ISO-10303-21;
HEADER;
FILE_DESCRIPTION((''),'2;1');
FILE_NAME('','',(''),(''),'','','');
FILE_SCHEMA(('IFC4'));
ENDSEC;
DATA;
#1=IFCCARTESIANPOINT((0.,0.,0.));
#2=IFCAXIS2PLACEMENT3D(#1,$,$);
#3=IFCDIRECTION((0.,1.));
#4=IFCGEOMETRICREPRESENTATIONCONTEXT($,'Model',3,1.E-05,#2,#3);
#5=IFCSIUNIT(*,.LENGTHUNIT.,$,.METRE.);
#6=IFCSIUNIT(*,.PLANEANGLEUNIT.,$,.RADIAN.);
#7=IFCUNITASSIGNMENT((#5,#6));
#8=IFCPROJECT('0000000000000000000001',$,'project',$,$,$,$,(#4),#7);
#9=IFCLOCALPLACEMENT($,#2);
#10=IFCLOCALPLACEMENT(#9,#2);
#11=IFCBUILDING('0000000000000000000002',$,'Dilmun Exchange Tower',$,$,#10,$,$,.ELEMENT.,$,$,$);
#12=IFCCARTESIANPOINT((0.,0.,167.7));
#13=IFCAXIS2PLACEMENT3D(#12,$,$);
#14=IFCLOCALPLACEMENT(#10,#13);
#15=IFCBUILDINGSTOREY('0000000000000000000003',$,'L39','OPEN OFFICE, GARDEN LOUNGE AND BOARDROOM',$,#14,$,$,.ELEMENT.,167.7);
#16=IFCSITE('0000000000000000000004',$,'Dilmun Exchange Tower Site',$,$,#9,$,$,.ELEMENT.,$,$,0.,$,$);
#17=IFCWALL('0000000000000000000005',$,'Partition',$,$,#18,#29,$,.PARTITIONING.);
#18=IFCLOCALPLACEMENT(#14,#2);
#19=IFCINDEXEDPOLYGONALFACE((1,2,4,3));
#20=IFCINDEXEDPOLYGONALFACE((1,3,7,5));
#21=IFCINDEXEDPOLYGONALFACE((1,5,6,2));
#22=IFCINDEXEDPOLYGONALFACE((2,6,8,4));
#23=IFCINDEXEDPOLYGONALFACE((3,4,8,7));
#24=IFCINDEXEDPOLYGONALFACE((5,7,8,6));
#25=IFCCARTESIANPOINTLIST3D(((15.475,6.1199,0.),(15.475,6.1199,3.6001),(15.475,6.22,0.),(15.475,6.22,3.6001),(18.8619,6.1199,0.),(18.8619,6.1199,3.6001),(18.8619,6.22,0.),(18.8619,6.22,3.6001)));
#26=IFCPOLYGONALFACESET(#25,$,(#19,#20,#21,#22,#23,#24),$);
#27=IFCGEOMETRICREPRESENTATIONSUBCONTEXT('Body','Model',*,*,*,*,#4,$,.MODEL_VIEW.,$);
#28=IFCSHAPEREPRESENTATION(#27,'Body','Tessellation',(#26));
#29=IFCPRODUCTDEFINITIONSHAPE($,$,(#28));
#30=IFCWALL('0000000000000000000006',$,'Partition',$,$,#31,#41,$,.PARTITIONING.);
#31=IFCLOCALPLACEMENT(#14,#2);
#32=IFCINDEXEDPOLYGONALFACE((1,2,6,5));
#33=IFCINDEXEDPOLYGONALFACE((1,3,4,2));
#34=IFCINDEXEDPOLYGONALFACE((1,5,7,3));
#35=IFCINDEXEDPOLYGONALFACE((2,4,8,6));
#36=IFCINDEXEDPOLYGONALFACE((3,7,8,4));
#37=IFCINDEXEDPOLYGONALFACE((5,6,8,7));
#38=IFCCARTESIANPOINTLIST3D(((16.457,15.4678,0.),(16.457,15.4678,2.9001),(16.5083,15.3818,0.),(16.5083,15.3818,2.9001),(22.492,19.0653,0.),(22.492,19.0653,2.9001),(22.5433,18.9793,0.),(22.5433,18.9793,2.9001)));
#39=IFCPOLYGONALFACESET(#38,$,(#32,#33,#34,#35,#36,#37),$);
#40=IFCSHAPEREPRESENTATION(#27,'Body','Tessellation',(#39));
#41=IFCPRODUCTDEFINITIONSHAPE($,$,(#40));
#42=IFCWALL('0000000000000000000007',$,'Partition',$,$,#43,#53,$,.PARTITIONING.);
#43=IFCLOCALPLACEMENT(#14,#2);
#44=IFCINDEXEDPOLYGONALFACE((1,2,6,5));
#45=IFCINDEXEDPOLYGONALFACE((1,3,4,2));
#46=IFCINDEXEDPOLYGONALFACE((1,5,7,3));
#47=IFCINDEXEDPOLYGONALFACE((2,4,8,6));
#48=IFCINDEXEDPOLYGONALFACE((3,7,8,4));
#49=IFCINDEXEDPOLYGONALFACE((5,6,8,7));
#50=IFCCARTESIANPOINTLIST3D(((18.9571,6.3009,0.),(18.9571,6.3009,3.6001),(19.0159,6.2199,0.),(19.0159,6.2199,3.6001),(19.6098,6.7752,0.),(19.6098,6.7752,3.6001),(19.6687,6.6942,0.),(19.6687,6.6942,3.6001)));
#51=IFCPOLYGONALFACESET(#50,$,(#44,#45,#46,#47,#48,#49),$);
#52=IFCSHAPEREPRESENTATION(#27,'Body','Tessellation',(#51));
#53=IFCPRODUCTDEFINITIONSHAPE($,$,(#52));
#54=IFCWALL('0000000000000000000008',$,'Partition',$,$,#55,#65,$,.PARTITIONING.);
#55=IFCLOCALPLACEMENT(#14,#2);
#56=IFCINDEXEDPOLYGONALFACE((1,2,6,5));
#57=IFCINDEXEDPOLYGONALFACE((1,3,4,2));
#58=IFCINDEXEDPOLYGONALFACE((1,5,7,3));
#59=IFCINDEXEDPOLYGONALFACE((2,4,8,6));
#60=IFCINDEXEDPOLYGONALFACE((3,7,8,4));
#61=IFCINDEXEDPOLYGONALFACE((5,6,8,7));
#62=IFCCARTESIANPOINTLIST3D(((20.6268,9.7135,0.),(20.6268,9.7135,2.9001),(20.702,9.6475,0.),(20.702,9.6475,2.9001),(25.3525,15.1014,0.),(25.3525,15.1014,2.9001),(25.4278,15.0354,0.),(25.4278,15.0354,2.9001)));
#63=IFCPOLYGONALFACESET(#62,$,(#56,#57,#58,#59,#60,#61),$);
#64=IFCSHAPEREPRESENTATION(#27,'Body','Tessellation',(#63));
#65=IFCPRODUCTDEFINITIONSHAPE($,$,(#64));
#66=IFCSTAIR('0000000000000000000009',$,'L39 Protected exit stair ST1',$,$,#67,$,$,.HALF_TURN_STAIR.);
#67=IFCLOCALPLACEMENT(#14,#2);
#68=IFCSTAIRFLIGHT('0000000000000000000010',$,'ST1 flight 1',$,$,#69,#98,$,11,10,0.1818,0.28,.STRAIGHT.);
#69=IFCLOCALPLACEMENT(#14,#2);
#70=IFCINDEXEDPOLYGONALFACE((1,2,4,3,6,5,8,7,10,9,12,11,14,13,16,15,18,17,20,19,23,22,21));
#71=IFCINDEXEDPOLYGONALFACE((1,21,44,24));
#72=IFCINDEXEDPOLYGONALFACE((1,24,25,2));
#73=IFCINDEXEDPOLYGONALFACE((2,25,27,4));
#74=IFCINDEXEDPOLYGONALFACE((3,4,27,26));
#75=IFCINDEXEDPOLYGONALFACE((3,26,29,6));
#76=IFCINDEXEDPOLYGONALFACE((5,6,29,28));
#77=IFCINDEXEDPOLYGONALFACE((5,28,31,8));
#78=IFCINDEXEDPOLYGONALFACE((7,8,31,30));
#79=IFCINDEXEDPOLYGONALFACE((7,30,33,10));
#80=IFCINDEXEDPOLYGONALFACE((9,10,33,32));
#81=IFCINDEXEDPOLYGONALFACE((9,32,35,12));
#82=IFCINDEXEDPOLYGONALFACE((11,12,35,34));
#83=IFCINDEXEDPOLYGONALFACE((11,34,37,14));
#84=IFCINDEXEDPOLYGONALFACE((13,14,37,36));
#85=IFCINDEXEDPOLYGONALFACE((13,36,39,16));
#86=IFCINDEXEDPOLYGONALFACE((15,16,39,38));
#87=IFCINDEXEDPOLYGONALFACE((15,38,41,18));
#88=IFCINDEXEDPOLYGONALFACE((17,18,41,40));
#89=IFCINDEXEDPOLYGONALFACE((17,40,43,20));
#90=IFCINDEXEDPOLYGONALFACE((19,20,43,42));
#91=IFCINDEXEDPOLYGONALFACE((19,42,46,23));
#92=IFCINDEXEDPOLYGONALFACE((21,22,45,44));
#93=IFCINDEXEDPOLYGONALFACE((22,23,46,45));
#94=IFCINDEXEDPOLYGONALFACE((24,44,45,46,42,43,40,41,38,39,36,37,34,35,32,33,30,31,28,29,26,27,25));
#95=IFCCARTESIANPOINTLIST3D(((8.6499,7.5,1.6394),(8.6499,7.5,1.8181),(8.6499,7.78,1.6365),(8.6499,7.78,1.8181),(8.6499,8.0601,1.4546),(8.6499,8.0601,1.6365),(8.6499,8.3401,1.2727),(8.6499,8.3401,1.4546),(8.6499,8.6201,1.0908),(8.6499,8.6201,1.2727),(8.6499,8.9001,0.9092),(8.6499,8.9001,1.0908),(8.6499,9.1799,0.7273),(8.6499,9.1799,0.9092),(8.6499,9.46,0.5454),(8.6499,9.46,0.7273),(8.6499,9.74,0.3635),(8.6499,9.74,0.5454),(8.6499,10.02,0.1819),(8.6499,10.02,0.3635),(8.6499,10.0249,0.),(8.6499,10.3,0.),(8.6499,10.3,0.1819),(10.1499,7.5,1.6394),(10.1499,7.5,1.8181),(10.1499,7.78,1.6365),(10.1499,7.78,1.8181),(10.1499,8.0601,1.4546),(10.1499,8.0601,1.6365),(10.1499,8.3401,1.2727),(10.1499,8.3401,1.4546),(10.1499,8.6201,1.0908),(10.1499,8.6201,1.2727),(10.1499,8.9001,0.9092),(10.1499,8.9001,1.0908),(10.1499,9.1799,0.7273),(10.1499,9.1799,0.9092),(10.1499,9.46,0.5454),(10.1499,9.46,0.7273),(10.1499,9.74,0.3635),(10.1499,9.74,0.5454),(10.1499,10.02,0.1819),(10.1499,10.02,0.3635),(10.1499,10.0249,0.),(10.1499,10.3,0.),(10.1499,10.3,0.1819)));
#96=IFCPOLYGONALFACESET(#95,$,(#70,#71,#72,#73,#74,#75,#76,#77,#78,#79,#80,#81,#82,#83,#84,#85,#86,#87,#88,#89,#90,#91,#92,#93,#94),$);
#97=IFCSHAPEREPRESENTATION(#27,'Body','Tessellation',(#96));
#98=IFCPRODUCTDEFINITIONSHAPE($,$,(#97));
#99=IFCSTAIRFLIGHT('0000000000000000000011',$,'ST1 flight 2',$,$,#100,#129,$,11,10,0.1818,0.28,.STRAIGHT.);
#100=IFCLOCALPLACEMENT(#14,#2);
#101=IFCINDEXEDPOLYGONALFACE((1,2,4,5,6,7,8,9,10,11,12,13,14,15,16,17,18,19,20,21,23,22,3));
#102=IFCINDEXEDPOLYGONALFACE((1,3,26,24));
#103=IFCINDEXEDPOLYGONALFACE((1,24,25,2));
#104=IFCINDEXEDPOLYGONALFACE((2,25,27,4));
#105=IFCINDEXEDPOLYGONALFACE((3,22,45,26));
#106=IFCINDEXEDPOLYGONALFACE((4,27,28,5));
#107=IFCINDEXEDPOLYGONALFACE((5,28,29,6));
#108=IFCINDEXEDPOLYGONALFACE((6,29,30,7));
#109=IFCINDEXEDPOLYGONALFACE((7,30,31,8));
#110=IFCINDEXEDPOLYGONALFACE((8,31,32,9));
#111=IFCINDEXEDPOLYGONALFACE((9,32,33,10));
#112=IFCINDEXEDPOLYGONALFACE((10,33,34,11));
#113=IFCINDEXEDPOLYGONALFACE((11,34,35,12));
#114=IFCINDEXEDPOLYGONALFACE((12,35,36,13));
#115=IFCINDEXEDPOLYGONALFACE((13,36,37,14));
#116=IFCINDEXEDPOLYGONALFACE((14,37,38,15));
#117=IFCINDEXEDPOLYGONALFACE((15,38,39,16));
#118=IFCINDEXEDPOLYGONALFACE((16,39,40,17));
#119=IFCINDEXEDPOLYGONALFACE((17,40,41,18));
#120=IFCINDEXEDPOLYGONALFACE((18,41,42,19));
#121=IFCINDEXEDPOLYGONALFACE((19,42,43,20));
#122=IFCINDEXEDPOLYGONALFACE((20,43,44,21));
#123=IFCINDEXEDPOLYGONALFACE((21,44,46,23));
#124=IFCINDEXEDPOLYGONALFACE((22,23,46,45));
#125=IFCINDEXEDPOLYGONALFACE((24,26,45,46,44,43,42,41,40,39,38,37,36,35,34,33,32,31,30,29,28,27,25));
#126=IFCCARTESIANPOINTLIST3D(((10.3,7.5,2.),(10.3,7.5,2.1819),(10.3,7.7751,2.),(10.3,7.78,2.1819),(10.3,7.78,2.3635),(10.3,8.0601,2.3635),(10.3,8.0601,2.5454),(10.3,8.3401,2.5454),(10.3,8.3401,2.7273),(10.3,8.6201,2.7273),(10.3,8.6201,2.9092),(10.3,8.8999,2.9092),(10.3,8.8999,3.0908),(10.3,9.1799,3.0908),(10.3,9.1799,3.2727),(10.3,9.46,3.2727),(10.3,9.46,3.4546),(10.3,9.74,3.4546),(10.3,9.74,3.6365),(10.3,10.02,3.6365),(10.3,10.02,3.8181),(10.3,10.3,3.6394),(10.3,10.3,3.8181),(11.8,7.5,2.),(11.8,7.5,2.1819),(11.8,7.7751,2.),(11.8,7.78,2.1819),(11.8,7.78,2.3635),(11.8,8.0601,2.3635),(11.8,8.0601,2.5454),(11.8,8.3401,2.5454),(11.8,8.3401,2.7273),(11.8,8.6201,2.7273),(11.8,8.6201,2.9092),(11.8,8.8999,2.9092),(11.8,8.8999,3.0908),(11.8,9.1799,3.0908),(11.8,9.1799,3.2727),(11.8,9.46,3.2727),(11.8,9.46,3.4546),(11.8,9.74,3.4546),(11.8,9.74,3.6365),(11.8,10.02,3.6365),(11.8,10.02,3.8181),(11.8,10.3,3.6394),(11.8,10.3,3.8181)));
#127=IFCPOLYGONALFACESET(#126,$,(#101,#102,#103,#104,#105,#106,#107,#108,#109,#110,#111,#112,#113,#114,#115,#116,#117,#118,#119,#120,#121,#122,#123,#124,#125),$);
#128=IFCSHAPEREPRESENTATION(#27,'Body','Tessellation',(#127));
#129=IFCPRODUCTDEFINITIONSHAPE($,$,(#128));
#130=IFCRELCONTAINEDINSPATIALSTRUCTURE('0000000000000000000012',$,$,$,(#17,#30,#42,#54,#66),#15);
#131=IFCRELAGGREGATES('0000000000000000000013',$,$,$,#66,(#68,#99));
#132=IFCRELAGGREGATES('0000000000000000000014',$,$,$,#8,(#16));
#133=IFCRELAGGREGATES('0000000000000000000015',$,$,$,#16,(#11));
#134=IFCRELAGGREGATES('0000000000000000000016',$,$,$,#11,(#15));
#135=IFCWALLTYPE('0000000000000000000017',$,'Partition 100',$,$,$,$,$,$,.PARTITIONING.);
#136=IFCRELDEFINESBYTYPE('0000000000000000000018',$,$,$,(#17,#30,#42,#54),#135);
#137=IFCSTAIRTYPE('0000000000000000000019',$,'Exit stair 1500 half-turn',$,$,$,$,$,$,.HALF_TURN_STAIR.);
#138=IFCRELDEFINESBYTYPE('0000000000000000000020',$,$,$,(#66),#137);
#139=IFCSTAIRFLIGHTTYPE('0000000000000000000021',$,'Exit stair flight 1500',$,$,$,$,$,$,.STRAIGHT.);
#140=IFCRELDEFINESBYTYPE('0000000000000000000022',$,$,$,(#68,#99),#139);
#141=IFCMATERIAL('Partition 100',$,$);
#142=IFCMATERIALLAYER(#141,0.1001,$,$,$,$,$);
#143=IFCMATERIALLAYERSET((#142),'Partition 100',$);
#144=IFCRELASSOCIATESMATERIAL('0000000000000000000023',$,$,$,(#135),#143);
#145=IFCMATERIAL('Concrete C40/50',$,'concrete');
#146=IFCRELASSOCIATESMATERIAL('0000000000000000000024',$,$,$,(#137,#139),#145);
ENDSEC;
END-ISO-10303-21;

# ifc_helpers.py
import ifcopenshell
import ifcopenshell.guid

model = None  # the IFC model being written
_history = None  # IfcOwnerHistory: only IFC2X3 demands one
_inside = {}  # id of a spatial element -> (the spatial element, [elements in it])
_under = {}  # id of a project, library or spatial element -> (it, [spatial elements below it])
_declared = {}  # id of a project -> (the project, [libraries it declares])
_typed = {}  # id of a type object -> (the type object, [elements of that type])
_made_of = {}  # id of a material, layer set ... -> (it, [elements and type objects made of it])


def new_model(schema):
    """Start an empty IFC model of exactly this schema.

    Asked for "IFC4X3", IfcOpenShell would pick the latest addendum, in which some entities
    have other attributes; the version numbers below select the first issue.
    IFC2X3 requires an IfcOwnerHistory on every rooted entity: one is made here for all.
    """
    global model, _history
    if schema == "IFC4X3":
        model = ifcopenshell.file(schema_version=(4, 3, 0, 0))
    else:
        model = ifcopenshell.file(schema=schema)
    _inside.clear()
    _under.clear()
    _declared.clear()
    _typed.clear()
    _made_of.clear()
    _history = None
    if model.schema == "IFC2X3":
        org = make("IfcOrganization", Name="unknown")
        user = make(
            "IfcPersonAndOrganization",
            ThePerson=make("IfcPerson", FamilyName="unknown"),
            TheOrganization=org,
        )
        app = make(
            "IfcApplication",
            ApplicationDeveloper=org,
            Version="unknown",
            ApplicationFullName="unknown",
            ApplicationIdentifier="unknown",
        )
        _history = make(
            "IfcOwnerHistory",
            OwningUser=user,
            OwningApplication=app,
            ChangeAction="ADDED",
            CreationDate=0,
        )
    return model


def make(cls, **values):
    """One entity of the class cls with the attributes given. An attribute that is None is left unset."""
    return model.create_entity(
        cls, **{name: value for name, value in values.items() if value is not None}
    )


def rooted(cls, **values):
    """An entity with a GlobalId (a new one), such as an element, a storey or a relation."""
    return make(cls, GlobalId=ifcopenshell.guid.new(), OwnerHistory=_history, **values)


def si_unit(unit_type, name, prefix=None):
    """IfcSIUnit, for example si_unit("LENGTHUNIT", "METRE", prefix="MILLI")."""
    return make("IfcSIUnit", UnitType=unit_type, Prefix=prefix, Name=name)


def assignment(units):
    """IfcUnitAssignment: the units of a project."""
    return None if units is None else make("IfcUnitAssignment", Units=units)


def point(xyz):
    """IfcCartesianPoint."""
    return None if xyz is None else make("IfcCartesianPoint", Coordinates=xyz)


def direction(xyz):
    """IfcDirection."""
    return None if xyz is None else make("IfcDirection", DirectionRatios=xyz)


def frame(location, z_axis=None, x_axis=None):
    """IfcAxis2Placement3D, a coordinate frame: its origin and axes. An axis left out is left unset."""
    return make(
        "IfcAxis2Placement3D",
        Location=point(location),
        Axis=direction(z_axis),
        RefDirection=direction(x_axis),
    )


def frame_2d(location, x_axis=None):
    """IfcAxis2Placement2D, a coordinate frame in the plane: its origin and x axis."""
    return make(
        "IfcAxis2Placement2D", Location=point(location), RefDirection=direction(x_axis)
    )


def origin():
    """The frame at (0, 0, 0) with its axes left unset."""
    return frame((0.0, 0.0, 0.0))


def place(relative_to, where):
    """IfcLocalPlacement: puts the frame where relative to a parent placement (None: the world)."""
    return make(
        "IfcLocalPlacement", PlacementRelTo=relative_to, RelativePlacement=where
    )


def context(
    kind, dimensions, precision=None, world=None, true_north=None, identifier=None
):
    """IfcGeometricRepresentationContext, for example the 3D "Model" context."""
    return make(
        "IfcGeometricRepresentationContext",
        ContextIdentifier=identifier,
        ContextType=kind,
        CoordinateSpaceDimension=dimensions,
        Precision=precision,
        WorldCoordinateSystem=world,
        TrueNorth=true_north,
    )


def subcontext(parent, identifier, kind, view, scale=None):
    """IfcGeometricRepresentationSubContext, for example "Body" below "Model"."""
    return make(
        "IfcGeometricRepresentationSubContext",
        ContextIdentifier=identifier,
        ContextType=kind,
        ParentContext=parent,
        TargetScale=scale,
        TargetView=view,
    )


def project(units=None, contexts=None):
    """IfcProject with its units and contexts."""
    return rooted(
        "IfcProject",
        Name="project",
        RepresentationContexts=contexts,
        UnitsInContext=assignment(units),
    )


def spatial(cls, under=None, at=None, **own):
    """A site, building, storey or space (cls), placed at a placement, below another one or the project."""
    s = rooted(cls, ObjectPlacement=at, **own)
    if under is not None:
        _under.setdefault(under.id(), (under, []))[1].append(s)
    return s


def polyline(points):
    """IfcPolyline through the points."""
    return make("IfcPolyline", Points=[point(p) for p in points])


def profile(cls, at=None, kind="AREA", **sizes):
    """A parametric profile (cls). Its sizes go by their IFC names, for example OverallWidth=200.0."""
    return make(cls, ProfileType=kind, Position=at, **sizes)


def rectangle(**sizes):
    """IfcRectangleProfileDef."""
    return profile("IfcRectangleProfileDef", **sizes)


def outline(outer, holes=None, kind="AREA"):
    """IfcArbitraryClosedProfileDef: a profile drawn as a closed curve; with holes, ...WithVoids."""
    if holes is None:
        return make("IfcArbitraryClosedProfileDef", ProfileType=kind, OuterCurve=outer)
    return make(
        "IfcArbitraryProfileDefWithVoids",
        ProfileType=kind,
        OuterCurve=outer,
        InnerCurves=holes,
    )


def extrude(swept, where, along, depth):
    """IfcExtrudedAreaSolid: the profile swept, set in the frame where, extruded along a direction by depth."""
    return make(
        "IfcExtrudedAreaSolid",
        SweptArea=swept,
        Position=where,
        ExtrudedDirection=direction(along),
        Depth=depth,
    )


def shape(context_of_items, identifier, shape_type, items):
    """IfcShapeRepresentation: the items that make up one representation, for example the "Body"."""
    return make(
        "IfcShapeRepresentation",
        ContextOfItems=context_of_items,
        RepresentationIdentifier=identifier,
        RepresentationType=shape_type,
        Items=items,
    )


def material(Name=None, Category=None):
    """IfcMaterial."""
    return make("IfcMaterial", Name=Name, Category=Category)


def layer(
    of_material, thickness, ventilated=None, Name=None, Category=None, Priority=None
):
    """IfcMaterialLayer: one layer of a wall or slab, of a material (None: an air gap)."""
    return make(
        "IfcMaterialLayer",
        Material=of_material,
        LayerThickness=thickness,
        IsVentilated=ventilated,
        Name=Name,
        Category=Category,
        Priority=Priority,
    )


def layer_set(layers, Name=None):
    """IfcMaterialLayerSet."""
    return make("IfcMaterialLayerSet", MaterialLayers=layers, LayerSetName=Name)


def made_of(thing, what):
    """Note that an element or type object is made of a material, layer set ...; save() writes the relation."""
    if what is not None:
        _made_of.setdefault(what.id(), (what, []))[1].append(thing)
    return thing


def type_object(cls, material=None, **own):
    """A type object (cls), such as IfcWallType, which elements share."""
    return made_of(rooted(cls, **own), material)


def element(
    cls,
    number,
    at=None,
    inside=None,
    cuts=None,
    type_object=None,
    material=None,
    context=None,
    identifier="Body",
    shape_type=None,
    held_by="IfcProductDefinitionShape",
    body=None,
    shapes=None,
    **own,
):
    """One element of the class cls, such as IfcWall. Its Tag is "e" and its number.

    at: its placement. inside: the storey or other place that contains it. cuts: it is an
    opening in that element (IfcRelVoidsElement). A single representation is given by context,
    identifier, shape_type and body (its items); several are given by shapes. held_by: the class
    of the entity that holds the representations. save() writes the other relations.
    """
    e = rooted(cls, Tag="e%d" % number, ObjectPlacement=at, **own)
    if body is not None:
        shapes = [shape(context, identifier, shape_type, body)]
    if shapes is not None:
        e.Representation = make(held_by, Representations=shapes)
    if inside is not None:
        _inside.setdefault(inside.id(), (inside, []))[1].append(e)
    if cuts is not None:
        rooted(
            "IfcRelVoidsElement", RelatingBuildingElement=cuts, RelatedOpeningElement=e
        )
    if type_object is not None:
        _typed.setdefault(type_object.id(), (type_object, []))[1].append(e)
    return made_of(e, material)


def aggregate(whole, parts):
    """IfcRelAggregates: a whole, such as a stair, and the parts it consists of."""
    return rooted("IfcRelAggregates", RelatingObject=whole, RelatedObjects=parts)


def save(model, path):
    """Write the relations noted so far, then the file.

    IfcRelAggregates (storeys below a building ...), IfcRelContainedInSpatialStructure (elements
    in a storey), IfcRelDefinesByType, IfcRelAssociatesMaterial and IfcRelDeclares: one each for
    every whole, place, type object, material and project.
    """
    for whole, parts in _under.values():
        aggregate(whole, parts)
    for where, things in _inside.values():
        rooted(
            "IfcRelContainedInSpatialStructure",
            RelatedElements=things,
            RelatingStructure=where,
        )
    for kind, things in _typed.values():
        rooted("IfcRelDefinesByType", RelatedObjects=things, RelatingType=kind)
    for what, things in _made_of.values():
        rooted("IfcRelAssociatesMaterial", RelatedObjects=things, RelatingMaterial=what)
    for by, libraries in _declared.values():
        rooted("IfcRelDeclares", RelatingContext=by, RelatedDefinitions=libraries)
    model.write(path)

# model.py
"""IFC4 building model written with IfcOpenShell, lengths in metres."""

from ifc_helpers import new_model, si_unit, direction, frame, frame_2d, origin, place, context, subcontext, project, spatial, polyline, rectangle, outline, extrude, material, layer, layer_set, type_object, element, aggregate, save


model = new_model("IFC4")

# Units and contexts
model_context = context("Model", 3, precision=1e-05, world=origin(), true_north=direction((0.0, 1.0)))
body_context = subcontext(model_context, "Body", "Model", "MODEL_VIEW")
ifc_project = project(units=[si_unit("LENGTHUNIT", "METRE"), si_unit("PLANEANGLEUNIT", "RADIAN")], contexts=[model_context])

# Site, building, storey
site_placement = place(None, origin())
site = spatial("IfcSite", under=ifc_project, at=site_placement, Name="Dilmun Exchange Tower Site", CompositionType="ELEMENT", RefElevation=0.0)
building_placement = place(site_placement, origin())
building = spatial("IfcBuilding", under=site, at=building_placement, Name="Dilmun Exchange Tower", CompositionType="ELEMENT")
storey_placement = place(building_placement, frame((0.0, 0.0, 167.7)))
storey = spatial("IfcBuildingStorey", under=building, at=storey_placement, Name="L39", Description="OPEN OFFICE, GARDEN LOUNGE AND BOARDROOM", CompositionType="ELEMENT", Elevation=167.7)

# Shared definitions
ifc_material_1 = material(Name="Concrete C40/50", Category="concrete")

# Walls
ifc_material_2 = material(Name="Partition 100")
ifc_layer_1 = layer(ifc_material_2, 0.1001)
ifc_layer_set_1 = layer_set([ifc_layer_1], Name="Partition 100")
wall_type_1 = type_object("IfcWallType", Name="Partition 100", PredefinedType="PARTITIONING", material=ifc_layer_set_1)
wall_1_placement = place(storey_placement, frame((15.4751, 6.1699, 0.0), z_axis=(0.0, 0.0, 1.0), x_axis=(1.0, 0.0, 0.0)))
element("IfcWall", 1, at=wall_1_placement, inside=storey, type_object=wall_type_1, Name="Partition", PredefinedType="PARTITIONING", context=body_context, shape_type="SweptSolid", body=[
    extrude(rectangle(XDim=3.387, YDim=0.1001, at=frame_2d((1.6934, 0.0))), origin(), (0.0, 0.0, 1.0), 3.6001),
])
wall_2_placement = place(storey_placement, frame((16.4827, 15.4248, 0.0), z_axis=(0.0, 0.0, 1.0), x_axis=(0.858967, 0.512031, 0.0)))
element("IfcWall", 2, at=wall_2_placement, inside=storey, type_object=wall_type_1, Name="Partition", PredefinedType="PARTITIONING", context=body_context, shape_type="SweptSolid", body=[
    extrude(rectangle(XDim=7.0259, YDim=0.1001, at=frame_2d((3.5129, 0.0))), origin(), (0.0, 0.0, 1.0), 2.9001),
])
wall_3_placement = place(storey_placement, frame((18.9866, 6.2605, 0.0), z_axis=(0.0, 0.0, 1.0), x_axis=(0.808985, 0.58783, 0.0)))
element("IfcWall", 3, at=wall_3_placement, inside=storey, type_object=wall_type_1, Name="Partition", PredefinedType="PARTITIONING", context=body_context, shape_type="SweptSolid", body=[
    extrude(rectangle(XDim=0.8069, YDim=0.1001, at=frame_2d((0.4033, 0.0))), origin(), (0.0, 0.0, 1.0), 3.6001),
])
wall_4_placement = place(storey_placement, frame((20.6643, 9.6804, 0.0), z_axis=(0.0, 0.0, 1.0), x_axis=(0.659404, 0.751789, 0.0)))
element("IfcWall", 4, at=wall_4_placement, inside=storey, type_object=wall_type_1, Name="Partition", PredefinedType="PARTITIONING", context=body_context, shape_type="SweptSolid", body=[
    extrude(rectangle(XDim=7.1667, YDim=0.1001, at=frame_2d((3.5835, 0.0))), origin(), (0.0, 0.0, 1.0), 2.9001),
])

# Stair, stair flights
stair_type = type_object("IfcStairType", Name="Exit stair 1500 half-turn", PredefinedType="HALF_TURN_STAIR", material=ifc_material_1)
stair_placement = place(storey_placement, origin())
stair = element("IfcStair", 5, at=stair_placement, inside=storey, type_object=stair_type, Name="L39 Protected exit stair ST1", PredefinedType="HALF_TURN_STAIR")
stair_flight_type = type_object("IfcStairFlightType", Name="Exit stair flight 1500", PredefinedType="STRAIGHT", material=ifc_material_1)
stair_flight_1_placement = place(storey_placement, frame((9.3999, 10.3, 0.0), z_axis=(0.0, 0.0, 1.0), x_axis=(0.0, -1.0, 0.0)))
stair_flight_1 = element("IfcStairFlight", 6, at=stair_flight_1_placement, type_object=stair_flight_type, Name="ST1 flight 1", NumberOfRisers=11, NumberOfTreads=10, PredefinedType="STRAIGHT", RiserHeight=0.1818, TreadLength=0.28, context=body_context, shape_type="SweptSolid", body=[
    extrude(outline(polyline([(0.0, 0.0), (0.0, 0.1819), (0.28, 0.1819), (0.28, 0.3635), (0.5601, 0.3635), (0.5601, 0.5454), (0.8401, 0.5454), (0.8401, 0.7273), (1.1201, 0.7273), (1.1201, 0.9092), (1.3999, 0.9092), (1.3999, 1.0908), (1.6799, 1.0908), (1.6799, 1.2727), (1.96, 1.2727), (1.96, 1.4546), (2.24, 1.4546), (2.24, 1.6365), (2.52, 1.6365), (2.52, 1.8181), (2.8, 1.8181), (2.8, 2.0), (2.8, 1.6394), (0.2751, 0.0), (0.0, 0.0)])), frame((0.0, 0.75, 0.0), z_axis=(0.0, -1.0, 0.0), x_axis=(1.0, 0.0, 0.0)), (0.0, 0.0, 1.0), 1.5),
])
stair_flight_2_placement = place(storey_placement, frame((11.05, 7.5, 2.0), z_axis=(0.0, 0.0, 1.0), x_axis=(0.0, 1.0, 0.0)))
stair_flight_2 = element("IfcStairFlight", 7, at=stair_flight_2_placement, type_object=stair_flight_type, Name="ST1 flight 2", NumberOfRisers=11, NumberOfTreads=10, PredefinedType="STRAIGHT", RiserHeight=0.1818, TreadLength=0.28, context=body_context, shape_type="SweptSolid", body=[
    extrude(outline(polyline([(0.0, 0.0), (0.0, 0.1819), (0.28, 0.1819), (0.28, 0.3635), (0.5601, 0.3635), (0.5601, 0.5454), (0.8401, 0.5454), (0.8401, 0.7273), (1.1201, 0.7273), (1.1201, 0.9092), (1.3999, 0.9092), (1.3999, 1.0908), (1.6799, 1.0908), (1.6799, 1.2727), (1.96, 1.2727), (1.96, 1.4546), (2.24, 1.4546), (2.24, 1.6365), (2.52, 1.6365), (2.52, 1.8181), (2.8, 1.8181), (2.8, 2.0), (2.8, 1.6394), (0.2751, 0.0), (0.0, 0.0)])), frame((0.0, 0.75, 0.0), z_axis=(0.0, -1.0, 0.0), x_axis=(1.0, 0.0, 0.0)), (0.0, 0.0, 1.0), 1.5),
])
aggregate(stair, [stair_flight_1, stair_flight_2])

save(model, "model.ifc")
